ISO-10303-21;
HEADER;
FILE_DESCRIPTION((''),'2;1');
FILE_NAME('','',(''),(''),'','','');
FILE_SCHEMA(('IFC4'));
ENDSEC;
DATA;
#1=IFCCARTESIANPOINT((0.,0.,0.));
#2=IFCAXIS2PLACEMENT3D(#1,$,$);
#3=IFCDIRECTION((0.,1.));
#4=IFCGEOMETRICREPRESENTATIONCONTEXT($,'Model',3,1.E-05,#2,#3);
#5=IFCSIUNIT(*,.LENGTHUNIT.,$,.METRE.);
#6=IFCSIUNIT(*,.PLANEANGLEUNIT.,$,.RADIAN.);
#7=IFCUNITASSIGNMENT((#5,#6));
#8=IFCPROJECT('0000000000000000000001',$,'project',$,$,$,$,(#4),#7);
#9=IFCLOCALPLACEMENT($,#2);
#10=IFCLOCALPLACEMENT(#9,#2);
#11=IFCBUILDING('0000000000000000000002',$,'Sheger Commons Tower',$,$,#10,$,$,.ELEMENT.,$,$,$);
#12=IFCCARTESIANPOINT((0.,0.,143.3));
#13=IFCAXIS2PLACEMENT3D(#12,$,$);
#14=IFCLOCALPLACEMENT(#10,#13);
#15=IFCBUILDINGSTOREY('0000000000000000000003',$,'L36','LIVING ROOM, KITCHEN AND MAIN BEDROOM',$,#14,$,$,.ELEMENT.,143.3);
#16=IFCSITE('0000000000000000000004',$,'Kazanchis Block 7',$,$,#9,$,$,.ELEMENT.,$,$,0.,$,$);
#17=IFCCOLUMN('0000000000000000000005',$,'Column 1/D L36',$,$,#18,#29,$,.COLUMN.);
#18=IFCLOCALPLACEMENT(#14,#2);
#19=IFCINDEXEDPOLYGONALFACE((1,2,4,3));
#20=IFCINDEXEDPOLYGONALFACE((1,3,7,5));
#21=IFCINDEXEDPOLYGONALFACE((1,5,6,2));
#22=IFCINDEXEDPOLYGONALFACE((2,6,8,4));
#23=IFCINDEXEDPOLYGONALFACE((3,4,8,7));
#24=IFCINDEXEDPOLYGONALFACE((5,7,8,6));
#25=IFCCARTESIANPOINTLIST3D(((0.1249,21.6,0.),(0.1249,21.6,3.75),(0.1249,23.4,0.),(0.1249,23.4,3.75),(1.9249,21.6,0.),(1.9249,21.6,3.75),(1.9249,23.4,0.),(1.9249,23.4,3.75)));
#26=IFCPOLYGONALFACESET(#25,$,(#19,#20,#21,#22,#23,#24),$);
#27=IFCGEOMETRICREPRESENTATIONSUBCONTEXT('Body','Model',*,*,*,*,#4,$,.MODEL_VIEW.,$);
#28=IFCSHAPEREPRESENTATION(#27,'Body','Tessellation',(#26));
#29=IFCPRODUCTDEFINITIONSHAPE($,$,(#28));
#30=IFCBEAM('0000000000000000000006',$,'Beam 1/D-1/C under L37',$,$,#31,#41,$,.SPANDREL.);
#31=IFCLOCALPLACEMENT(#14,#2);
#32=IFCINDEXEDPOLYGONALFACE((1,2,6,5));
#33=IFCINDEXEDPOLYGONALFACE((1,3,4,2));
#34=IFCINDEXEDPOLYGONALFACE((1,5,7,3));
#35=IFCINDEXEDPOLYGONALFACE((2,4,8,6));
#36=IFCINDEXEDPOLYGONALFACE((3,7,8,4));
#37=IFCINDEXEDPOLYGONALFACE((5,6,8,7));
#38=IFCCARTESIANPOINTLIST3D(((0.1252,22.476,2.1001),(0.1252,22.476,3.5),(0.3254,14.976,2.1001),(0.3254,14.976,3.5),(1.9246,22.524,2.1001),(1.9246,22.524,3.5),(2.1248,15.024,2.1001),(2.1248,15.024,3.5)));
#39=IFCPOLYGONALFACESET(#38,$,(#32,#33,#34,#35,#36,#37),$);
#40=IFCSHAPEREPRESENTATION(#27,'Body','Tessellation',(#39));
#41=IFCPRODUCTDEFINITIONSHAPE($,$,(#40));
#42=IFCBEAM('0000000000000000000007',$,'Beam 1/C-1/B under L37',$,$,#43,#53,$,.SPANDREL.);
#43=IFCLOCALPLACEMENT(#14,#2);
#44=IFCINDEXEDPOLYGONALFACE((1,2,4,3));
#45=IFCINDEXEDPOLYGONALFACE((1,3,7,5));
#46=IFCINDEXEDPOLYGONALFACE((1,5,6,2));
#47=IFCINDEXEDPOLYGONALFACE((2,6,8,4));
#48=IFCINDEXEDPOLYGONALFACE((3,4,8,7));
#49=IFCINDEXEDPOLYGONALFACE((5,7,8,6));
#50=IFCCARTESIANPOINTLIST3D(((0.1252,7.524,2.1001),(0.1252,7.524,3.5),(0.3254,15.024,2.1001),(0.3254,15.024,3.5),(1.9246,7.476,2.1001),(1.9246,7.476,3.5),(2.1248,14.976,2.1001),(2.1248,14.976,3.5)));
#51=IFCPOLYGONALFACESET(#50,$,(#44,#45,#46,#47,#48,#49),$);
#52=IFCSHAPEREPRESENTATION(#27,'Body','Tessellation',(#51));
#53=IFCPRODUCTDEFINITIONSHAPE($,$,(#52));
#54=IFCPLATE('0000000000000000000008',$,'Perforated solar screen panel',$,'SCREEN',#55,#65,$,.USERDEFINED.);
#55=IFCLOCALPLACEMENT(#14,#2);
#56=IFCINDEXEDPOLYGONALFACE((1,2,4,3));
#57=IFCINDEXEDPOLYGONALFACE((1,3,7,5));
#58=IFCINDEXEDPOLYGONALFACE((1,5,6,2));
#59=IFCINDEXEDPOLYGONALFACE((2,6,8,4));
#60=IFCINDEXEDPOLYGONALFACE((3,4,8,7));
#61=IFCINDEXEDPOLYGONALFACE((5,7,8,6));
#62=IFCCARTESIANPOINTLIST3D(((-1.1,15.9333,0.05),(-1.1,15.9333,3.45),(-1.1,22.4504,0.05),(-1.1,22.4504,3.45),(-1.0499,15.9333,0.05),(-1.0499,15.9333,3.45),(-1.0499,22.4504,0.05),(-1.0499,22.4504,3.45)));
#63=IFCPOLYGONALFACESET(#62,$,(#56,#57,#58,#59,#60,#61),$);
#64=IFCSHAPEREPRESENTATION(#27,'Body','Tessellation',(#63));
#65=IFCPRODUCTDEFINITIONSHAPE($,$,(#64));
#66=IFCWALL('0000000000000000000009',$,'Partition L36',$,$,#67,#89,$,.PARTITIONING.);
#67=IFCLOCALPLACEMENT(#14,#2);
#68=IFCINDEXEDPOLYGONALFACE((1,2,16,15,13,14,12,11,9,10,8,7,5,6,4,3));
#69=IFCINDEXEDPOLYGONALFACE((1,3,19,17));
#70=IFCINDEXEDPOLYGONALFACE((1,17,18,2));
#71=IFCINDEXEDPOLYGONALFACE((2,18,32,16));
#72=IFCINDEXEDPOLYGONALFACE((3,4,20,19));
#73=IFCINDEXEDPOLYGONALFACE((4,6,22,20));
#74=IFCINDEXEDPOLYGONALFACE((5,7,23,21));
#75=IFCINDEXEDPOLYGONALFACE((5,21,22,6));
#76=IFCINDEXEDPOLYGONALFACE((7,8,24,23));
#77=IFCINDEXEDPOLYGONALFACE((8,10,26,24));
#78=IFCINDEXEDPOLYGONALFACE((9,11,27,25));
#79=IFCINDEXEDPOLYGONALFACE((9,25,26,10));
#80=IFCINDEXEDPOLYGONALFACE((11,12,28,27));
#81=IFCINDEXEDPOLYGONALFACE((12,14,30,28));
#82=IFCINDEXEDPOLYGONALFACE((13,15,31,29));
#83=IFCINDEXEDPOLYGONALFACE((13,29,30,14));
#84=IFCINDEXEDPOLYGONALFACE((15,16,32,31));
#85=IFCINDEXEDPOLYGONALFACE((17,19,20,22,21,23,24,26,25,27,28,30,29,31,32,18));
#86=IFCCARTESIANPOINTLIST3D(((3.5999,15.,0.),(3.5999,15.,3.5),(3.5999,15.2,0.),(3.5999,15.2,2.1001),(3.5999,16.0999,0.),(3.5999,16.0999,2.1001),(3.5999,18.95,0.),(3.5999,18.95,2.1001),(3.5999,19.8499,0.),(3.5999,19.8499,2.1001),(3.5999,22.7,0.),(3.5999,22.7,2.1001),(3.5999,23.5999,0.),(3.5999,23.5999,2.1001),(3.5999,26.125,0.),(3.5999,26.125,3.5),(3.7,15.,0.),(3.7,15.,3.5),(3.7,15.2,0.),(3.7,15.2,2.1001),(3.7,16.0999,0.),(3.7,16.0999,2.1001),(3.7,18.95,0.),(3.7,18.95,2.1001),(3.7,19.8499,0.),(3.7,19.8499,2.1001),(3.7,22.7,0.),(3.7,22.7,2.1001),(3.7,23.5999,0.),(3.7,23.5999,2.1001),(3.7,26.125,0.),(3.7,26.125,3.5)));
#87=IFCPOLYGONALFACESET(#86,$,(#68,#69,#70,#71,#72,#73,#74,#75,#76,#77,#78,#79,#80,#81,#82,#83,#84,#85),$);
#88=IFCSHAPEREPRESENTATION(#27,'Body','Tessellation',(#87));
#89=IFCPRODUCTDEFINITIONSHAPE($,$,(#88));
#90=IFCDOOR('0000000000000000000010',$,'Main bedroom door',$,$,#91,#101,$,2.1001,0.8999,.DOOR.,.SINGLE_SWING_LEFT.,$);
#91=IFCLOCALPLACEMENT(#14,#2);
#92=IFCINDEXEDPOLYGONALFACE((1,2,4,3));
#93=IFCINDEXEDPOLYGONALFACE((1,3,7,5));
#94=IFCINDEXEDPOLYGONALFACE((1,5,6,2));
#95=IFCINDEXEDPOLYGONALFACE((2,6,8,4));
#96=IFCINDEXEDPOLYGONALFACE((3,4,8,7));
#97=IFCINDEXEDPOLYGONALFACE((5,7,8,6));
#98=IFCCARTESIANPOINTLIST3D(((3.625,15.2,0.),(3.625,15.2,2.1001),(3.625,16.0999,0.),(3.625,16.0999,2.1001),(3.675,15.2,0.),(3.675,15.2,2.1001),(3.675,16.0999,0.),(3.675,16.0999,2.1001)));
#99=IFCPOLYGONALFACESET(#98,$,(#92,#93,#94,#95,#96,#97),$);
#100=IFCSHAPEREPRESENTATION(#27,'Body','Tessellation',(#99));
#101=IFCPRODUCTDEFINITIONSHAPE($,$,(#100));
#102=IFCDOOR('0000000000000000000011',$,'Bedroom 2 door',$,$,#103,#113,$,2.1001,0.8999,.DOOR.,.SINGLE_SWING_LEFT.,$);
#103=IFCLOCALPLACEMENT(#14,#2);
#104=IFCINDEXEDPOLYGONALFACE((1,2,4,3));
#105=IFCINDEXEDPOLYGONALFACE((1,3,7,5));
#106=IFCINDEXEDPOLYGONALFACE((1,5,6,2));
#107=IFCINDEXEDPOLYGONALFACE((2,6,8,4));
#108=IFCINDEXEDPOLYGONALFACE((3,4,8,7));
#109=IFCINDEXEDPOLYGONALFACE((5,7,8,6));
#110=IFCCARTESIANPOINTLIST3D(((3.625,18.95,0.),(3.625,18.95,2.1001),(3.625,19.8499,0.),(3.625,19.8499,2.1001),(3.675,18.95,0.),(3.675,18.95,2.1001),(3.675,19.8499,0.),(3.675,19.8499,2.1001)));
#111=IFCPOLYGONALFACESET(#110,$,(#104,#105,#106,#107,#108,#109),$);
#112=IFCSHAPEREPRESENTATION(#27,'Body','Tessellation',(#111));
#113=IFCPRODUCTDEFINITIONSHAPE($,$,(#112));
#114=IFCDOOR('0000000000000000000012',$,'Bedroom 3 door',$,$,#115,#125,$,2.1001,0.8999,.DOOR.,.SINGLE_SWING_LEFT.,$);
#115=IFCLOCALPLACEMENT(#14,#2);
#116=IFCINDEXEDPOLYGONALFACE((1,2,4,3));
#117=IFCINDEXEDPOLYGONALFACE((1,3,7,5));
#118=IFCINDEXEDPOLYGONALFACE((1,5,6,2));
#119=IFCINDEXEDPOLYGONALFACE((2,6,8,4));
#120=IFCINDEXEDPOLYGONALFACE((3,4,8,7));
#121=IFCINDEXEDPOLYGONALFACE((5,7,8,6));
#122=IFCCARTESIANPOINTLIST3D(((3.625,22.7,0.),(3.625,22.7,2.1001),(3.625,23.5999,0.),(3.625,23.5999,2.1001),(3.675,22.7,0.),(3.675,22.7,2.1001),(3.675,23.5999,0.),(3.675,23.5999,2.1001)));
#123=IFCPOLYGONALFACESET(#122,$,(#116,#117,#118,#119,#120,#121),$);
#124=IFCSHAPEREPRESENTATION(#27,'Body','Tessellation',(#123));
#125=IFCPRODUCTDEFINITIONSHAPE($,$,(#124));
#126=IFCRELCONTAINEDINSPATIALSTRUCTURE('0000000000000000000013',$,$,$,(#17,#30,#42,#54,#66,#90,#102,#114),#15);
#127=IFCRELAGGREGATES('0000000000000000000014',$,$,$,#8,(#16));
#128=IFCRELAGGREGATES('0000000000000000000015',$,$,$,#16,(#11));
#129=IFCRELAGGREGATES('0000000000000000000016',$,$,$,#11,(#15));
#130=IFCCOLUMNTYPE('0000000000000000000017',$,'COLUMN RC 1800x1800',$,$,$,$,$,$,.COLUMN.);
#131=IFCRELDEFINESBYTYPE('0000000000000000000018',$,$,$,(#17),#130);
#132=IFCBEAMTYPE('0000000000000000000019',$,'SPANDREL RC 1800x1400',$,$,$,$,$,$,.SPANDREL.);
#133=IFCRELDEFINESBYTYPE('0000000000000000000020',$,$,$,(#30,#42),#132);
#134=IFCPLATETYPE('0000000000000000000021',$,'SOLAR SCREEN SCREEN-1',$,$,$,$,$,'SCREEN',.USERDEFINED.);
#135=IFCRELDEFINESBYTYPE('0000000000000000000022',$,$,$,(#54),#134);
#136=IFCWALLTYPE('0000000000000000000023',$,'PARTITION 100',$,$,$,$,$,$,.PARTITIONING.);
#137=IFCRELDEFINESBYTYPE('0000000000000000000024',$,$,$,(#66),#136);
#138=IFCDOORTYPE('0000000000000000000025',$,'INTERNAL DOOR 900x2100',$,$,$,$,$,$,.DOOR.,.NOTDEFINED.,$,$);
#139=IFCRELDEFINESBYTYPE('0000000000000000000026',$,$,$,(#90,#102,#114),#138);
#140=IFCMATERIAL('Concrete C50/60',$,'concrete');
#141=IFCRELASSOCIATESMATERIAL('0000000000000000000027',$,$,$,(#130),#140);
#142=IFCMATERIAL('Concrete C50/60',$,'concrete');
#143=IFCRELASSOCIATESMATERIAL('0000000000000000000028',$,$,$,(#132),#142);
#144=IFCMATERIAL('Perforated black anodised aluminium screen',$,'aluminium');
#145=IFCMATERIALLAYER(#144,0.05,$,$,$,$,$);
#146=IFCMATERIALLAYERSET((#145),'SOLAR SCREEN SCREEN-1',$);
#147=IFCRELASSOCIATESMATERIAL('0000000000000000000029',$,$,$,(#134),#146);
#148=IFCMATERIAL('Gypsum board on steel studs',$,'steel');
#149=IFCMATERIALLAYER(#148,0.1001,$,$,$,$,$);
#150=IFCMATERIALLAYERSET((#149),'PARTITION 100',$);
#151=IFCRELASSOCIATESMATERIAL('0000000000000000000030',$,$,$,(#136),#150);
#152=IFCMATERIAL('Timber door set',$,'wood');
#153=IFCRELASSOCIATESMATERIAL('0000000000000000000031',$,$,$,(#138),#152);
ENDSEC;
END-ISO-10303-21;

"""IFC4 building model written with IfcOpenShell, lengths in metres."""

from ifc_helpers import new_model, si_unit, direction, frame, frame_2d, origin, origin_2d, place, context, subcontext, project, spatial, rectangle, extrude, material, layer, layer_set, material_profile, profile_set, type_object, element, fill, save


model = new_model("IFC4")

# Units and contexts
model_context = context("Model", 3, precision=1e-05, world=origin(), true_north=direction((0.0, 1.0)))
body_context = subcontext(model_context, "Body", "Model", "MODEL_VIEW")
ifc_project = project(units=[si_unit("LENGTHUNIT", "METRE"), si_unit("PLANEANGLEUNIT", "RADIAN")], contexts=[model_context])

# Site, building, storey
site_placement = place(None, origin())
site = spatial("IfcSite", under=ifc_project, at=site_placement, Name="Kazanchis Block 7", CompositionType="ELEMENT", RefElevation=0.0)
building_placement = place(site_placement, origin())
building = spatial("IfcBuilding", under=site, at=building_placement, Name="Sheger Commons Tower", CompositionType="ELEMENT")
storey_placement = place(building_placement, frame((0.0, 0.0, 143.3)))
storey = spatial("IfcBuildingStorey", under=building, at=storey_placement, Name="L36", Description="LIVING ROOM, KITCHEN AND MAIN BEDROOM", CompositionType="ELEMENT", Elevation=143.3)

# Column
ifc_material_1 = material(Name="Concrete C50/60", Category="concrete")
ifc_material_profile_1 = material_profile(ifc_material_1, rectangle(XDim=1.8, YDim=1.8, at=origin_2d()), Name="RC 1800x1800")
ifc_profile_set_1 = profile_set([ifc_material_profile_1], Name="Concrete C50/60")
column_type = type_object("IfcColumnType", Name="COLUMN RC 1800x1800", PredefinedType="COLUMN", material=ifc_profile_set_1)
column_placement = place(storey_placement, frame((1.0249, 22.5, 0.0), z_axis=(0.0, 0.0, 1.0), x_axis=(1.0, 0.0, 0.0)))
element("IfcColumn", 1, at=column_placement, inside=storey, type_object=column_type, Name="Column 1/D L36", PredefinedType="COLUMN", context=body_context, shape_type="SweptSolid", body=[
    extrude(rectangle(XDim=1.8, YDim=1.8, at=origin_2d()), origin(), (0.0, 0.0, 1.0), 3.75),
])

# Beams
ifc_material_2 = material(Name="Concrete C50/60", Category="concrete")
ifc_material_profile_2 = material_profile(ifc_material_2, rectangle(XDim=1.8, YDim=1.3999, at=origin_2d()), Name="RC 1800x1400")
ifc_profile_set_2 = profile_set([ifc_material_profile_2], Name="Concrete C50/60")
beam_type = type_object("IfcBeamType", Name="SPANDREL RC 1800x1400", PredefinedType="SPANDREL", material=ifc_profile_set_2)
for number, where, z_axis, x_axis, name in (
    (2, (1.0249, 22.5, 2.8), (0.026683, -0.999644, 0.0), (0.999644, 0.026683, 0.0), "Beam 1/D-1/C under L37"),
    (3, (1.2251, 15.0, 2.8), (-0.026683, -0.999644, 0.0), (0.999644, -0.026683, 0.0), "Beam 1/C-1/B under L37"),
):
    element("IfcBeam", number, at=place(storey_placement, frame(where, z_axis=z_axis, x_axis=x_axis)), inside=storey, type_object=beam_type, Name=name, PredefinedType="SPANDREL", context=body_context, shape_type="SweptSolid", body=[
        extrude(rectangle(XDim=1.8, YDim=1.3999, at=origin_2d()), origin(), (0.0, 0.0, 1.0), 7.5027),
    ])

# Plate
ifc_material_3 = material(Name="Perforated black anodised aluminium screen", Category="aluminium")
ifc_layer_1 = layer(ifc_material_3, 0.05)
ifc_layer_set_1 = layer_set([ifc_layer_1], Name="SOLAR SCREEN SCREEN-1")
plate_type = type_object("IfcPlateType", Name="SOLAR SCREEN SCREEN-1", ElementType="SCREEN", PredefinedType="USERDEFINED", material=ifc_layer_set_1)
plate_placement = place(storey_placement, frame((-1.075, 19.1919, 0.05), z_axis=(0.0, 0.0, 1.0), x_axis=(0.0, -1.0, 0.0)))
element("IfcPlate", 4, at=plate_placement, inside=storey, type_object=plate_type, Name="Perforated solar screen panel", ObjectType="SCREEN", PredefinedType="USERDEFINED", context=body_context, shape_type="SweptSolid", body=[
    extrude(rectangle(XDim=6.5171, YDim=0.05, at=origin_2d()), origin(), (0.0, 0.0, 1.0), 3.3999),
])

# Wall, openings, doors
ifc_material_4 = material(Name="Gypsum board on steel studs", Category="steel")
ifc_layer_2 = layer(ifc_material_4, 0.1001)
ifc_layer_set_2 = layer_set([ifc_layer_2], Name="PARTITION 100")
wall_type = type_object("IfcWallType", Name="PARTITION 100", PredefinedType="PARTITIONING", material=ifc_layer_set_2)
wall_1_placement = place(storey_placement, frame((3.6499, 15.0, 0.0), z_axis=(0.0, 0.0, 1.0), x_axis=(0.0, 1.0, 0.0)))
wall_1 = element("IfcWall", 5, at=wall_1_placement, inside=storey, type_object=wall_type, Name="Partition L36", PredefinedType="PARTITIONING", context=body_context, shape_type="SweptSolid", body=[
    extrude(rectangle(XDim=11.125, YDim=0.1001, at=frame_2d((5.5625, 0.0))), origin(), (0.0, 0.0, 1.0), 3.5),
])
opening_1_placement = place(wall_1_placement, frame((0.2, 0.0, 0.0)))
opening_1 = element("IfcOpeningElement", 6, at=opening_1_placement, cuts=wall_1, PredefinedType="OPENING", context=body_context, shape_type="SweptSolid", body=[
    extrude(rectangle(XDim=0.8999, YDim=2.1001, at=frame_2d((0.45, 1.05))), frame((0.0, 0.0601, 0.0), z_axis=(0.0, -1.0, 0.0), x_axis=(1.0, 0.0, 0.0)), (0.0, 0.0, 1.0), 0.1201),
])
opening_2_placement = place(wall_1_placement, frame((3.95, 0.0, 0.0)))
opening_2 = element("IfcOpeningElement", 7, at=opening_2_placement, cuts=wall_1, PredefinedType="OPENING", context=body_context, shape_type="SweptSolid", body=[
    extrude(rectangle(XDim=0.8999, YDim=2.1001, at=frame_2d((0.45, 1.05))), frame((0.0, 0.0601, 0.0), z_axis=(0.0, -1.0, 0.0), x_axis=(1.0, 0.0, 0.0)), (0.0, 0.0, 1.0), 0.1201),
])
opening_3_placement = place(wall_1_placement, frame((7.7, 0.0, 0.0)))
opening_3 = element("IfcOpeningElement", 8, at=opening_3_placement, cuts=wall_1, PredefinedType="OPENING", context=body_context, shape_type="SweptSolid", body=[
    extrude(rectangle(XDim=0.8999, YDim=2.1001, at=frame_2d((0.45, 1.05))), frame((0.0, 0.0601, 0.0), z_axis=(0.0, -1.0, 0.0), x_axis=(1.0, 0.0, 0.0)), (0.0, 0.0, 1.0), 0.1201),
])
ifc_material_5 = material(Name="Timber door set", Category="wood")
door_type = type_object("IfcDoorType", Name="INTERNAL DOOR 900x2100", OperationType="NOTDEFINED", PredefinedType="DOOR", material=ifc_material_5)
door_1_placement = place(opening_1_placement, origin())
door_1 = element("IfcDoor", 9, at=door_1_placement, inside=storey, type_object=door_type, Name="Main bedroom door", OperationType="SINGLE_SWING_LEFT", OverallHeight=2.1001, OverallWidth=0.8999, PredefinedType="DOOR", context=body_context, shape_type="SweptSolid", body=[
    extrude(rectangle(XDim=0.8999, YDim=2.1001, at=frame_2d((0.45, 1.05))), frame((0.0, 0.0249, 0.0), z_axis=(0.0, -1.0, 0.0), x_axis=(1.0, 0.0, 0.0)), (0.0, 0.0, 1.0), 0.05),
])
fill(opening_1, door_1)
door_2_placement = place(opening_2_placement, origin())
door_2 = element("IfcDoor", 10, at=door_2_placement, inside=storey, type_object=door_type, Name="Bedroom 2 door", OperationType="SINGLE_SWING_LEFT", OverallHeight=2.1001, OverallWidth=0.8999, PredefinedType="DOOR", context=body_context, shape_type="SweptSolid", body=[
    extrude(rectangle(XDim=0.8999, YDim=2.1001, at=frame_2d((0.45, 1.05))), frame((0.0, 0.0249, 0.0), z_axis=(0.0, -1.0, 0.0), x_axis=(1.0, 0.0, 0.0)), (0.0, 0.0, 1.0), 0.05),
])
fill(opening_2, door_2)
door_3_placement = place(opening_3_placement, origin())
door_3 = element("IfcDoor", 11, at=door_3_placement, inside=storey, type_object=door_type, Name="Bedroom 3 door", OperationType="SINGLE_SWING_LEFT", OverallHeight=2.1001, OverallWidth=0.8999, PredefinedType="DOOR", context=body_context, shape_type="SweptSolid", body=[
    extrude(rectangle(XDim=0.8999, YDim=2.1001, at=frame_2d((0.45, 1.05))), frame((0.0, 0.0249, 0.0), z_axis=(0.0, -1.0, 0.0), x_axis=(1.0, 0.0, 0.0)), (0.0, 0.0, 1.0), 0.05),
])
fill(opening_3, door_3)

save(model, "model.ifc")
